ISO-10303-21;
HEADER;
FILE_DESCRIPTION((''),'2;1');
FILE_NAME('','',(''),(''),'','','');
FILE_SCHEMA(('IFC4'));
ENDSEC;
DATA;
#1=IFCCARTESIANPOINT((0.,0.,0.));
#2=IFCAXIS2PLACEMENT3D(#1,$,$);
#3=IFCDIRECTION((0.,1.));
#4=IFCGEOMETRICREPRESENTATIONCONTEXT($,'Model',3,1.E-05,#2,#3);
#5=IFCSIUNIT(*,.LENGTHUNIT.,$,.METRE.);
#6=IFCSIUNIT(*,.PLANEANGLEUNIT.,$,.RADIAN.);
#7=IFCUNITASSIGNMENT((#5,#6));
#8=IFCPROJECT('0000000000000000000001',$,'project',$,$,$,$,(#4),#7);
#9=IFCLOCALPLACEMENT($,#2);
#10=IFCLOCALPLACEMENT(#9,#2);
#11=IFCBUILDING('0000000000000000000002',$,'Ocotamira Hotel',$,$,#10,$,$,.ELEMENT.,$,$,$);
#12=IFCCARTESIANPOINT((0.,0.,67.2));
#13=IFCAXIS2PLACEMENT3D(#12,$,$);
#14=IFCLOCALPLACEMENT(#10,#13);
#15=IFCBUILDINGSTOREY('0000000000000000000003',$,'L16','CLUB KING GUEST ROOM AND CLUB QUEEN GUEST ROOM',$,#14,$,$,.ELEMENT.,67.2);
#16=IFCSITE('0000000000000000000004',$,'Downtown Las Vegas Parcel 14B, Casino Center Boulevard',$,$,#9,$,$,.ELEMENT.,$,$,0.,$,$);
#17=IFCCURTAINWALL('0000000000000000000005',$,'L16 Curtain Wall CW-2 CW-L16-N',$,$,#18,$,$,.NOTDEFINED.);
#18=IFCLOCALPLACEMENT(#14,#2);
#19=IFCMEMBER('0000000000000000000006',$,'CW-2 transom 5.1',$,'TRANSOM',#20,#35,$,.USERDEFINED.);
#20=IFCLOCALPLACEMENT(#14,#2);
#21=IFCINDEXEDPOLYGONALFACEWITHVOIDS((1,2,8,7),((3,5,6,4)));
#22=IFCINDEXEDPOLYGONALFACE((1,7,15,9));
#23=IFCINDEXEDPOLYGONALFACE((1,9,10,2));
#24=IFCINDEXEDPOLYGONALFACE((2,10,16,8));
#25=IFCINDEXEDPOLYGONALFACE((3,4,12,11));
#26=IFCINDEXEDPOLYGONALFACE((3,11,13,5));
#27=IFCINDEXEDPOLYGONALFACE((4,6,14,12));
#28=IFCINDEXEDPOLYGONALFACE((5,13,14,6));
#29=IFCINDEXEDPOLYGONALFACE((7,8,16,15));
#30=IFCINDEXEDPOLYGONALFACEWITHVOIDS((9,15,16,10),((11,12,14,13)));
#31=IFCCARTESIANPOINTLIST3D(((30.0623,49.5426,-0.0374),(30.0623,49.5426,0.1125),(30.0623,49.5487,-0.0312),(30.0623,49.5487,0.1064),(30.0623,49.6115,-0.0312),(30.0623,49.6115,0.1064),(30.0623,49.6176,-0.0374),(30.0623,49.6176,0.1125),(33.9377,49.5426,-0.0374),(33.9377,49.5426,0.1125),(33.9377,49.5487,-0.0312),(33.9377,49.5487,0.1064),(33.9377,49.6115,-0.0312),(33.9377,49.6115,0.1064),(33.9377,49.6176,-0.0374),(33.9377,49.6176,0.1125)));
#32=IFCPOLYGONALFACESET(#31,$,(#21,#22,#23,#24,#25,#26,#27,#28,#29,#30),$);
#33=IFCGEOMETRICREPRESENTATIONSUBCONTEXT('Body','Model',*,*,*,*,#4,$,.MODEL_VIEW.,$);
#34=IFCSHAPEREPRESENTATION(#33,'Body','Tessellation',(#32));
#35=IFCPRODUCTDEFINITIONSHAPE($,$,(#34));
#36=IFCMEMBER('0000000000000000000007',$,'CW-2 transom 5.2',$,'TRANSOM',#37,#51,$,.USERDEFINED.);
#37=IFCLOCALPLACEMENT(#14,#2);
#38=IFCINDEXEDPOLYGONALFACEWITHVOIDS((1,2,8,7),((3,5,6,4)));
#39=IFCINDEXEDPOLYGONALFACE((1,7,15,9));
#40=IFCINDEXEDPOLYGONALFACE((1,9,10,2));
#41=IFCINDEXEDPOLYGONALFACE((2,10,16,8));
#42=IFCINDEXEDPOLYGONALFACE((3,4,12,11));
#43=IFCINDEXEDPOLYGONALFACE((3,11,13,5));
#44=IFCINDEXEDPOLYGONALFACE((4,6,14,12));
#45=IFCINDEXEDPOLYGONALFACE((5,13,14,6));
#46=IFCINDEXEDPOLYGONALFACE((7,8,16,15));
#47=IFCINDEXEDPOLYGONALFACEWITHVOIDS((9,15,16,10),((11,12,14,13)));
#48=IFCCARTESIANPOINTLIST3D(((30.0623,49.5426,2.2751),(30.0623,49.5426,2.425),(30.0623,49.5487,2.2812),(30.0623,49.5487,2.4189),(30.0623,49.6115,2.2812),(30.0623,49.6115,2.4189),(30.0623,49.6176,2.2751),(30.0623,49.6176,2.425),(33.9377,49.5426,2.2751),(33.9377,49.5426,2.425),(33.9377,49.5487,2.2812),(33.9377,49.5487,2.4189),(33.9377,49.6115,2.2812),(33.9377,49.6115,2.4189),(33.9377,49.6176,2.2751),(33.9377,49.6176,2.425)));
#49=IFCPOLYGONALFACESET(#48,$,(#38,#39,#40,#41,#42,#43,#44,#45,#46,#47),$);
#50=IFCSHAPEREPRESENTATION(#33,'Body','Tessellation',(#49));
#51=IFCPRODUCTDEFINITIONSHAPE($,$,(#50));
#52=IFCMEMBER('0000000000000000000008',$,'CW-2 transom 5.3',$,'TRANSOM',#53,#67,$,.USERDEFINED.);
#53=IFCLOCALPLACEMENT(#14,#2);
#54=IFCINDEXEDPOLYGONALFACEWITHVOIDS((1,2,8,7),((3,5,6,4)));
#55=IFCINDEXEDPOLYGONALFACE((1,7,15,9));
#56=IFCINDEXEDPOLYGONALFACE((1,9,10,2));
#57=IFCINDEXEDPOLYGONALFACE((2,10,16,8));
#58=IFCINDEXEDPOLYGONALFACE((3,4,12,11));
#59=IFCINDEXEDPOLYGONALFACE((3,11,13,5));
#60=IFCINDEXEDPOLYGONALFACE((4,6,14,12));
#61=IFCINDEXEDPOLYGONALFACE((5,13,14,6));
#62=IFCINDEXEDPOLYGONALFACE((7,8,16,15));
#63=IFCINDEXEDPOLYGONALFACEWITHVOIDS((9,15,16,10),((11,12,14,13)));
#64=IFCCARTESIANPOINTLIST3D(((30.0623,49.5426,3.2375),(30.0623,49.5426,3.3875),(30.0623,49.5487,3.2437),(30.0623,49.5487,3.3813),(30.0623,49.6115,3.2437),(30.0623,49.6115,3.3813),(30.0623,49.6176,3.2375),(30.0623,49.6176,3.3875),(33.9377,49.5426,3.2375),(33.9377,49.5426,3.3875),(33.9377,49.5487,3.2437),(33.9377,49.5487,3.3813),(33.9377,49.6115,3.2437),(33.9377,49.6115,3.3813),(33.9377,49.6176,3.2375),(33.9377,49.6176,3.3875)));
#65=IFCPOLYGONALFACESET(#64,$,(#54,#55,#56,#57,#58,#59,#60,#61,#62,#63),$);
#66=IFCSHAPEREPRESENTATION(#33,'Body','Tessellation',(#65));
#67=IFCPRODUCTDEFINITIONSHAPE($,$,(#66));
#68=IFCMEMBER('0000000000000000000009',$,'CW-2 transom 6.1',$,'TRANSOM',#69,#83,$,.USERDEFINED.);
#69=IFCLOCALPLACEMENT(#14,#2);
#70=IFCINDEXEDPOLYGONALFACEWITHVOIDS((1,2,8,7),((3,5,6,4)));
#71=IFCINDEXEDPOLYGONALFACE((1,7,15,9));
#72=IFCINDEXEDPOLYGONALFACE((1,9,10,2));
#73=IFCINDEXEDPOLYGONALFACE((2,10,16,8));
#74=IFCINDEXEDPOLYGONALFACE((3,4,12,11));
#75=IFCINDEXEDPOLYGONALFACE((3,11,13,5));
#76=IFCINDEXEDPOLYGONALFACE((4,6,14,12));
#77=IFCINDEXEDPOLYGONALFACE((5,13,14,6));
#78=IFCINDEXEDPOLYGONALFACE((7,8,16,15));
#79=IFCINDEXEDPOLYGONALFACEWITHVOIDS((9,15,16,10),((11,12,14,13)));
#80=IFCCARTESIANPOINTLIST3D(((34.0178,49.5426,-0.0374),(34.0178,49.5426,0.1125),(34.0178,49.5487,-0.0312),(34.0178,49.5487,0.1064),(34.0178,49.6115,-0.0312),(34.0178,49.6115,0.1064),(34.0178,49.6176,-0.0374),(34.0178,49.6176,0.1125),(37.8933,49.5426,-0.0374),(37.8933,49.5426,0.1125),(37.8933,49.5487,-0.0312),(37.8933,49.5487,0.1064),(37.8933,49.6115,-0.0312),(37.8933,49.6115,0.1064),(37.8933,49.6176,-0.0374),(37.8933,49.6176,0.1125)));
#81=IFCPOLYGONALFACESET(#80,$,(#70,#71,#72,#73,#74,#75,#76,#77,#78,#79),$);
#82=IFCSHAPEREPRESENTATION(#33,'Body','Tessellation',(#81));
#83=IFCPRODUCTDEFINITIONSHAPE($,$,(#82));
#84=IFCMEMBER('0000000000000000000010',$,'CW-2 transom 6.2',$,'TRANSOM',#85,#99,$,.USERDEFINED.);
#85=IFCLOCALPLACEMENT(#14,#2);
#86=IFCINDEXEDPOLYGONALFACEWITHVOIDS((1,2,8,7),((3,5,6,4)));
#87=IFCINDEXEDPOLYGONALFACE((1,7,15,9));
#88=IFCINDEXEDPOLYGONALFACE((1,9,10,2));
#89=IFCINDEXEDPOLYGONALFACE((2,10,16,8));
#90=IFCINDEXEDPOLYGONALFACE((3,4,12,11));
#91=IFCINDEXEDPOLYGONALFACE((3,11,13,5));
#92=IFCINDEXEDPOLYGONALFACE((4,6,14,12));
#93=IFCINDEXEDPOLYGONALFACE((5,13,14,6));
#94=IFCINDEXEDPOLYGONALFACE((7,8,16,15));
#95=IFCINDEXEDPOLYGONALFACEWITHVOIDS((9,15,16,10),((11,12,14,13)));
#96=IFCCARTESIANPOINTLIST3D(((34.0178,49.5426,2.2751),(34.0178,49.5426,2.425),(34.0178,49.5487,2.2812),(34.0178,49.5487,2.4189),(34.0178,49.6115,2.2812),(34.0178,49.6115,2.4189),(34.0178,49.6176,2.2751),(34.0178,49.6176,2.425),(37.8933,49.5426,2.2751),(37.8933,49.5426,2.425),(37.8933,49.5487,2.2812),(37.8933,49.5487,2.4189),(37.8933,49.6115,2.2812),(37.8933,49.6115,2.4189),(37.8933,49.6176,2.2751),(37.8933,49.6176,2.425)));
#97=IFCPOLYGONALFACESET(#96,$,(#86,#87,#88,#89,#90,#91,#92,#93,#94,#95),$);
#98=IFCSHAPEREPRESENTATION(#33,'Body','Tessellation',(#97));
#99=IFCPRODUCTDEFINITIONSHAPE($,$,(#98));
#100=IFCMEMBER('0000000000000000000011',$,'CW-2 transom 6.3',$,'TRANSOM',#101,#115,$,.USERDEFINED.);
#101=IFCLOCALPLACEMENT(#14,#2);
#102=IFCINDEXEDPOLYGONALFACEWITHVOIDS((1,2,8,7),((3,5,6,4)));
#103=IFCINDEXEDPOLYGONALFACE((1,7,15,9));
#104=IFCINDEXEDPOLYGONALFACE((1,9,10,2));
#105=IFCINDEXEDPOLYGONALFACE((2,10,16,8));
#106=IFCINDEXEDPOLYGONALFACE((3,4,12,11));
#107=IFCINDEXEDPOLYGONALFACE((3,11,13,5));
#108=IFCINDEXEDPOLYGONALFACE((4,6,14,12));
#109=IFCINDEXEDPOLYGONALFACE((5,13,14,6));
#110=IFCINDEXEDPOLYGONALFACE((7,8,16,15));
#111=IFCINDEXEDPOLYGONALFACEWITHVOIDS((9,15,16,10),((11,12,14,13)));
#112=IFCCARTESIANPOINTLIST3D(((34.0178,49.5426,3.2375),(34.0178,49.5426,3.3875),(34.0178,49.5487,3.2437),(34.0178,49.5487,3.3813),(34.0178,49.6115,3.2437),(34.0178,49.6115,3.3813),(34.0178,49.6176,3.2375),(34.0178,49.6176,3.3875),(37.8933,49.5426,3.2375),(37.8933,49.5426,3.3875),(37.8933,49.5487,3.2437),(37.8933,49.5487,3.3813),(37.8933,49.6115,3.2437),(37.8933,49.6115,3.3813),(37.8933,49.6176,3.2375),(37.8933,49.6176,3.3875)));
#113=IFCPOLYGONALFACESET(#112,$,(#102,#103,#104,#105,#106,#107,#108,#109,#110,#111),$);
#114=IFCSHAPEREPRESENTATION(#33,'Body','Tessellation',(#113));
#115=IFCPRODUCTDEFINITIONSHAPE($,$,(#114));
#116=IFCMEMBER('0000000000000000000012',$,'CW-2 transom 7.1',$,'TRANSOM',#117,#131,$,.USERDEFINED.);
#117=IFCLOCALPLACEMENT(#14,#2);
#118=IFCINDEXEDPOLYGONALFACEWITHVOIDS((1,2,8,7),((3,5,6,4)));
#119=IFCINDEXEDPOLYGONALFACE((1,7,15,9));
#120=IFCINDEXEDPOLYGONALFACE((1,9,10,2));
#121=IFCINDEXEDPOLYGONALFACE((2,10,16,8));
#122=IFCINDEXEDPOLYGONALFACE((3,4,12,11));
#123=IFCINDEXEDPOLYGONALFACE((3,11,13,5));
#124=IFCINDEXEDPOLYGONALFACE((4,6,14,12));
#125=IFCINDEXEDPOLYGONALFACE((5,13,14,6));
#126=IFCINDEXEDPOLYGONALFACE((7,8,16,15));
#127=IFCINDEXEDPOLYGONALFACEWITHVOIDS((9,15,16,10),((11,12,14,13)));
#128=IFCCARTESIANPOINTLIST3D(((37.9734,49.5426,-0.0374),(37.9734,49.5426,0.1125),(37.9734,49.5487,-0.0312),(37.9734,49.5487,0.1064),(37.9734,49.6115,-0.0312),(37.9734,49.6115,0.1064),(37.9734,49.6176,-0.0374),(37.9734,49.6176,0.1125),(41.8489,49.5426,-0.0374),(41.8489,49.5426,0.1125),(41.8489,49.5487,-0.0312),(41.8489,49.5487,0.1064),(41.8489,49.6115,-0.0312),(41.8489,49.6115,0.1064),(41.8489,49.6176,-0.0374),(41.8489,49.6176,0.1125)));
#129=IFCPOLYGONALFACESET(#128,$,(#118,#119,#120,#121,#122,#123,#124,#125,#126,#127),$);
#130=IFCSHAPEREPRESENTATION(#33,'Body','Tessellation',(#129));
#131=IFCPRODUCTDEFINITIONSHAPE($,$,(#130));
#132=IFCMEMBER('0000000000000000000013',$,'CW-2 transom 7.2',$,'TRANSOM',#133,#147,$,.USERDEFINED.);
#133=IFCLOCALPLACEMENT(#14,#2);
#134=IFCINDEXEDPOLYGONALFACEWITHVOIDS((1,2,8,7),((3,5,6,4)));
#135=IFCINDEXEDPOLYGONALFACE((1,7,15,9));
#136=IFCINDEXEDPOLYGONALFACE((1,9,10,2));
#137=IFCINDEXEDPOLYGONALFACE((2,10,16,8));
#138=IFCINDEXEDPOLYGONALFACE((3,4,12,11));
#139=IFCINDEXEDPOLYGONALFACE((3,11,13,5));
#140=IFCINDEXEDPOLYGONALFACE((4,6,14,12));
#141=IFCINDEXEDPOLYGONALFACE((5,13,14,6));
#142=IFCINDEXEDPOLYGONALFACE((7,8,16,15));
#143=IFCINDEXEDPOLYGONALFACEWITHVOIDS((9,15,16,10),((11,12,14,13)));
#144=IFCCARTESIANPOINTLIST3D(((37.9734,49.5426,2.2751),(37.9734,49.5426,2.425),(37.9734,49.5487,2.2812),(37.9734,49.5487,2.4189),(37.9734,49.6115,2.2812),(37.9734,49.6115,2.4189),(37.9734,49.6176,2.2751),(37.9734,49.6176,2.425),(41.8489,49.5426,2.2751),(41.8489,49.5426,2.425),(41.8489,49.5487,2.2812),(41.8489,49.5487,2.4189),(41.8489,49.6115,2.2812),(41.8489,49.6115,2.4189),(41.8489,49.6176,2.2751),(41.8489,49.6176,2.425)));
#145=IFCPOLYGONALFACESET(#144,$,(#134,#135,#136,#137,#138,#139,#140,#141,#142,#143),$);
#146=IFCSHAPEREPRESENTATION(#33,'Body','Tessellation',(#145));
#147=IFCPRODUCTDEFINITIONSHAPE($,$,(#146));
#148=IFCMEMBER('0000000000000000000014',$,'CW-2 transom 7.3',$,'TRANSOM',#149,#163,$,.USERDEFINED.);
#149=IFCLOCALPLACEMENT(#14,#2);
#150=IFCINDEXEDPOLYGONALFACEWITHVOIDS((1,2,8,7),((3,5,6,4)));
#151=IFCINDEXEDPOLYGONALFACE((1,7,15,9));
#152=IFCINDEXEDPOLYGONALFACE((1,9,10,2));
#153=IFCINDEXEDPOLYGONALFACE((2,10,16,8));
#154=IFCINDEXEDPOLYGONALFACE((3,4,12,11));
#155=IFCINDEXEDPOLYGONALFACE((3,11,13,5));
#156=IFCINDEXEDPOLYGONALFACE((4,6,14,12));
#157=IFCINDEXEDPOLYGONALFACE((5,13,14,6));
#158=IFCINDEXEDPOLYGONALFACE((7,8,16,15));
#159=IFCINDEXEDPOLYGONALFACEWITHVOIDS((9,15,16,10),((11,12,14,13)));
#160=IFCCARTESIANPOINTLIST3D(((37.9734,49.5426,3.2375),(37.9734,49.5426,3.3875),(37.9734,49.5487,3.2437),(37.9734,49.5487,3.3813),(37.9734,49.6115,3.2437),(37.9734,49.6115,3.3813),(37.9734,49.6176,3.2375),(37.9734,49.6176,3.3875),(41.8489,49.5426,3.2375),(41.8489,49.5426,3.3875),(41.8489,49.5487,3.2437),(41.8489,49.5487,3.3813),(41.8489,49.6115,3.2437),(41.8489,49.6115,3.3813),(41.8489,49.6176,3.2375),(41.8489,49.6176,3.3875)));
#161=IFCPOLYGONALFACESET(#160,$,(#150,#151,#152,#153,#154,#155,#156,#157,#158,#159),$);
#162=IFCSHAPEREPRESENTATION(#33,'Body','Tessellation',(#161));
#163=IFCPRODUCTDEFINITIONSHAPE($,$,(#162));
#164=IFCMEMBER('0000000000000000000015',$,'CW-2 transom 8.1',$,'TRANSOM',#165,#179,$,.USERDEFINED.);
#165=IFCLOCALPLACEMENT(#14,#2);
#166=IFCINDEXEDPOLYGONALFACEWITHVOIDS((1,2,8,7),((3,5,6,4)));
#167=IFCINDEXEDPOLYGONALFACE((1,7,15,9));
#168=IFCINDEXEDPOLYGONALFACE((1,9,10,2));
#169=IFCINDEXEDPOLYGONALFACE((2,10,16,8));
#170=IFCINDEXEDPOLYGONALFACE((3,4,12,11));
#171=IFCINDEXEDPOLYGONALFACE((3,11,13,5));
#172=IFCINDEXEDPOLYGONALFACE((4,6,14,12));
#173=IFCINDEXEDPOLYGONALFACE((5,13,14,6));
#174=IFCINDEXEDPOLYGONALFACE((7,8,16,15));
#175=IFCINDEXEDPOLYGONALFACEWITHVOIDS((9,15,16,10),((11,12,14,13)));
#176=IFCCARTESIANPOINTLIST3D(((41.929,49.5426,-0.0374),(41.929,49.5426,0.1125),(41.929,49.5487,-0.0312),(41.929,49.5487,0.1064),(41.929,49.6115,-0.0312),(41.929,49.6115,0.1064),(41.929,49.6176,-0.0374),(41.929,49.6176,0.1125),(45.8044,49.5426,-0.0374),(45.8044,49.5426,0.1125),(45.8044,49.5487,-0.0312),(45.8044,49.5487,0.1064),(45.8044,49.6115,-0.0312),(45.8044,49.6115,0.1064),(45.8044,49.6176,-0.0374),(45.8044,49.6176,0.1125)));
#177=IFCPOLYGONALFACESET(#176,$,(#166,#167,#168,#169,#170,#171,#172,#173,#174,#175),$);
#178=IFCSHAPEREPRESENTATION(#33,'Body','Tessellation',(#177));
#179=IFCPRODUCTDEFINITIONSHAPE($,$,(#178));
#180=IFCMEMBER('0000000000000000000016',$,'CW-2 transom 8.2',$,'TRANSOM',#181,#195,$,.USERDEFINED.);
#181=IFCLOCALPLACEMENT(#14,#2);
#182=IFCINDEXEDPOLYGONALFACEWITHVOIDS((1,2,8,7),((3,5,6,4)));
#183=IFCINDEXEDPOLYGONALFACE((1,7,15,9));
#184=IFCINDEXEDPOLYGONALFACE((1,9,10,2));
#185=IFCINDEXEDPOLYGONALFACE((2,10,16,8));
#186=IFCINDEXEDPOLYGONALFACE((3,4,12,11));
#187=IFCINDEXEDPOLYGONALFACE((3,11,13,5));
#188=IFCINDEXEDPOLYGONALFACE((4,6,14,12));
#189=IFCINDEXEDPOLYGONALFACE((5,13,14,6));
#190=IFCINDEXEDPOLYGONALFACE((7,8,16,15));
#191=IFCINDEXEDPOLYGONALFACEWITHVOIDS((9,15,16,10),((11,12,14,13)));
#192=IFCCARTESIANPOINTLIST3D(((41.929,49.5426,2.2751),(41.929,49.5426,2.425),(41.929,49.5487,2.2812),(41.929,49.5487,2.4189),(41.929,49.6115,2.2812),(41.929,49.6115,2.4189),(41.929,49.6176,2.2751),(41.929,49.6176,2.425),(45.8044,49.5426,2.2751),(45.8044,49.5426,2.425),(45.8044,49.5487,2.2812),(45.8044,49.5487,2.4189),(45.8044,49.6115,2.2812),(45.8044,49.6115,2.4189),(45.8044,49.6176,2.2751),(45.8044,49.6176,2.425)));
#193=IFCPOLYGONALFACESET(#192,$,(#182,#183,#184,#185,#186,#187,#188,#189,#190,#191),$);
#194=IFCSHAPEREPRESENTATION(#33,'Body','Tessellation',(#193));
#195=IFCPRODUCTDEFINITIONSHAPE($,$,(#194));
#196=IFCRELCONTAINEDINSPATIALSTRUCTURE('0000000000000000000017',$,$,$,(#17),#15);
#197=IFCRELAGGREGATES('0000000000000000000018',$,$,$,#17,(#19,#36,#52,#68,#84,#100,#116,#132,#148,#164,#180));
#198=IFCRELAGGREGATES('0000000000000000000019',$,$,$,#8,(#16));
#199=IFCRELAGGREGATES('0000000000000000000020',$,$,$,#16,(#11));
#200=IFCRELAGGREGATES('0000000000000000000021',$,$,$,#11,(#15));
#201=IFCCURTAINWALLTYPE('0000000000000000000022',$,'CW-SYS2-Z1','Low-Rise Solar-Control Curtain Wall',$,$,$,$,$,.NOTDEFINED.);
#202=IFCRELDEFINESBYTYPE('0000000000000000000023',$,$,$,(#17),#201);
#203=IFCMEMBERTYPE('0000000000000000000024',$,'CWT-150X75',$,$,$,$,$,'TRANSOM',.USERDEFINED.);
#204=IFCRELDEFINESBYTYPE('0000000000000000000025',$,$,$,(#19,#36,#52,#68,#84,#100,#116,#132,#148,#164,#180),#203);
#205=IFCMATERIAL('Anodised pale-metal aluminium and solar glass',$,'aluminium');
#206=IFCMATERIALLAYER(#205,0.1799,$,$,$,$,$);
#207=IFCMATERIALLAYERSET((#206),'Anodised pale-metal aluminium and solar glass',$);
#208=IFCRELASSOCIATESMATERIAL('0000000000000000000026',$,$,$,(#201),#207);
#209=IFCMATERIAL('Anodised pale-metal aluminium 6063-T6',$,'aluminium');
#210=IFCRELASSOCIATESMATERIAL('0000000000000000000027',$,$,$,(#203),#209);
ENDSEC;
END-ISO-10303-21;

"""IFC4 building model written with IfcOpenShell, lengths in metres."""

from ifc_helpers import new_model, si_unit, direction, frame, origin, origin_2d, place, context, subcontext, project, spatial, hollow_rectangle, extrude, source, transform, mapped, material, layer, layer_set, material_profile, profile_set, type_object, element, aggregate, save


model = new_model("IFC4")

# Units and contexts
model_context = context("Model", 3, precision=1e-05, world=origin(), true_north=direction((0.0, 1.0)))
body_context = subcontext(model_context, "Body", "Model", "MODEL_VIEW")
ifc_project = project(units=[si_unit("LENGTHUNIT", "METRE"), si_unit("PLANEANGLEUNIT", "RADIAN")], contexts=[model_context])

# Site, building, storey
site_placement = place(None, origin())
site = spatial("IfcSite", under=ifc_project, at=site_placement, Name="Downtown Las Vegas Parcel 14B, Casino Center Boulevard", CompositionType="ELEMENT", RefElevation=0.0)
building_placement = place(site_placement, origin())
building = spatial("IfcBuilding", under=site, at=building_placement, Name="Ocotamira Hotel", CompositionType="ELEMENT")
storey_placement = place(building_placement, frame((0.0, 0.0, 67.2)))
storey = spatial("IfcBuildingStorey", under=building, at=storey_placement, Name="L16", Description="CLUB KING GUEST ROOM AND CLUB QUEEN GUEST ROOM", CompositionType="ELEMENT", Elevation=67.2)

# Curtain wall, members
ifc_material_1 = material(Name="Anodised pale-metal aluminium and solar glass", Category="aluminium")
ifc_layer_1 = layer(ifc_material_1, 0.1799)
ifc_layer_set_1 = layer_set([ifc_layer_1], Name="Anodised pale-metal aluminium and solar glass")
curtain_wall_type = type_object("IfcCurtainWallType", Name="CW-SYS2-Z1", Description="Low-Rise Solar-Control Curtain Wall", PredefinedType="NOTDEFINED", material=ifc_layer_set_1)
curtain_wall_placement = place(storey_placement, origin())
curtain_wall = element("IfcCurtainWall", 1, at=curtain_wall_placement, inside=storey, type_object=curtain_wall_type, Name="L16 Curtain Wall CW-2 CW-L16-N", PredefinedType="NOTDEFINED")
ifc_material_2 = material(Name="Anodised pale-metal aluminium 6063-T6", Category="aluminium")
ifc_material_profile_1 = material_profile(ifc_material_2, hollow_rectangle(XDim=0.075, YDim=0.1499, WallThickness=0.0061, at=origin_2d()), Name="HSS150X75X6")
ifc_profile_set_1 = profile_set([ifc_material_profile_1], Name="Anodised pale-metal aluminium 6063-T6")
member_type_1 = type_object("IfcMemberType", Name="CWT-150X75", ElementType="TRANSOM", PredefinedType="USERDEFINED", material=ifc_profile_set_1)
shared_shape_1 = source(origin(), body_context, "Body", "SweptSolid", [
    extrude(hollow_rectangle(XDim=0.075, YDim=0.1499, WallThickness=0.0061, at=origin_2d()), origin(), (0.0, 0.0, 1.0), 3.8755),
])
member_1_placement = place(storey_placement, frame((30.0623, 49.5801, 0.0376), z_axis=(1.0, 0.0, 0.0), x_axis=(0.0, 1.0, 0.0)))
member_1 = element("IfcMember", 2, at=member_1_placement, type_object=member_type_1, Name="CW-2 transom 5.1", ObjectType="TRANSOM", PredefinedType="USERDEFINED", context=body_context, shape_type="MappedRepresentation", body=[
    mapped(shared_shape_1, transform((0.0, 0.0, 0.0), scale=1.0)),
])
member_2_placement = place(storey_placement, frame((30.0623, 49.5801, 2.3501), z_axis=(1.0, 0.0, 0.0), x_axis=(0.0, 1.0, 0.0)))
member_2 = element("IfcMember", 3, at=member_2_placement, type_object=member_type_1, Name="CW-2 transom 5.2", ObjectType="TRANSOM", PredefinedType="USERDEFINED", context=body_context, shape_type="MappedRepresentation", body=[
    mapped(shared_shape_1, transform((0.0, 0.0, 0.0), scale=1.0)),
])
member_3_placement = place(storey_placement, frame((30.0623, 49.5801, 3.3125), z_axis=(1.0, 0.0, 0.0), x_axis=(0.0, 1.0, 0.0)))
member_3 = element("IfcMember", 4, at=member_3_placement, type_object=member_type_1, Name="CW-2 transom 5.3", ObjectType="TRANSOM", PredefinedType="USERDEFINED", context=body_context, shape_type="MappedRepresentation", body=[
    mapped(shared_shape_1, transform((0.0, 0.0, 0.0), scale=1.0)),
])
member_4_placement = place(storey_placement, frame((34.0178, 49.5801, 0.0376), z_axis=(1.0, 0.0, 0.0), x_axis=(0.0, 1.0, 0.0)))
member_4 = element("IfcMember", 5, at=member_4_placement, type_object=member_type_1, Name="CW-2 transom 6.1", ObjectType="TRANSOM", PredefinedType="USERDEFINED", context=body_context, shape_type="MappedRepresentation", body=[
    mapped(shared_shape_1, transform((0.0, 0.0, 0.0), scale=1.0)),
])
member_5_placement = place(storey_placement, frame((34.0178, 49.5801, 2.3501), z_axis=(1.0, 0.0, 0.0), x_axis=(0.0, 1.0, 0.0)))
member_5 = element("IfcMember", 6, at=member_5_placement, type_object=member_type_1, Name="CW-2 transom 6.2", ObjectType="TRANSOM", PredefinedType="USERDEFINED", context=body_context, shape_type="MappedRepresentation", body=[
    mapped(shared_shape_1, transform((0.0, 0.0, 0.0), scale=1.0)),
])
member_6_placement = place(storey_placement, frame((34.0178, 49.5801, 3.3125), z_axis=(1.0, 0.0, 0.0), x_axis=(0.0, 1.0, 0.0)))
member_6 = element("IfcMember", 7, at=member_6_placement, type_object=member_type_1, Name="CW-2 transom 6.3", ObjectType="TRANSOM", PredefinedType="USERDEFINED", context=body_context, shape_type="MappedRepresentation", body=[
    mapped(shared_shape_1, transform((0.0, 0.0, 0.0), scale=1.0)),
])
member_7_placement = place(storey_placement, frame((37.9734, 49.5801, 0.0376), z_axis=(1.0, 0.0, 0.0), x_axis=(0.0, 1.0, 0.0)))
member_7 = element("IfcMember", 8, at=member_7_placement, type_object=member_type_1, Name="CW-2 transom 7.1", ObjectType="TRANSOM", PredefinedType="USERDEFINED", context=body_context, shape_type="MappedRepresentation", body=[
    mapped(shared_shape_1, transform((0.0, 0.0, 0.0), scale=1.0)),
])
member_8_placement = place(storey_placement, frame((37.9734, 49.5801, 2.3501), z_axis=(1.0, 0.0, 0.0), x_axis=(0.0, 1.0, 0.0)))
member_8 = element("IfcMember", 9, at=member_8_placement, type_object=member_type_1, Name="CW-2 transom 7.2", ObjectType="TRANSOM", PredefinedType="USERDEFINED", context=body_context, shape_type="MappedRepresentation", body=[
    mapped(shared_shape_1, transform((0.0, 0.0, 0.0), scale=1.0)),
])
member_9_placement = place(storey_placement, frame((37.9734, 49.5801, 3.3125), z_axis=(1.0, 0.0, 0.0), x_axis=(0.0, 1.0, 0.0)))
member_9 = element("IfcMember", 10, at=member_9_placement, type_object=member_type_1, Name="CW-2 transom 7.3", ObjectType="TRANSOM", PredefinedType="USERDEFINED", context=body_context, shape_type="MappedRepresentation", body=[
    mapped(shared_shape_1, transform((0.0, 0.0, 0.0), scale=1.0)),
])
member_10_placement = place(storey_placement, frame((41.929, 49.5801, 0.0376), z_axis=(1.0, 0.0, 0.0), x_axis=(0.0, 1.0, 0.0)))
member_10 = element("IfcMember", 11, at=member_10_placement, type_object=member_type_1, Name="CW-2 transom 8.1", ObjectType="TRANSOM", PredefinedType="USERDEFINED", context=body_context, shape_type="MappedRepresentation", body=[
    mapped(shared_shape_1, transform((0.0, 0.0, 0.0), scale=1.0)),
])
member_11_placement = place(storey_placement, frame((41.929, 49.5801, 2.3501), z_axis=(1.0, 0.0, 0.0), x_axis=(0.0, 1.0, 0.0)))
member_11 = element("IfcMember", 12, at=member_11_placement, type_object=member_type_1, Name="CW-2 transom 8.2", ObjectType="TRANSOM", PredefinedType="USERDEFINED", context=body_context, shape_type="MappedRepresentation", body=[
    mapped(shared_shape_1, transform((0.0, 0.0, 0.0), scale=1.0)),
])

aggregate(curtain_wall, [member_1, member_2, member_3, member_4, member_5, member_6, member_7, member_8, member_9, member_10, member_11])

save(model, "model.ifc")
